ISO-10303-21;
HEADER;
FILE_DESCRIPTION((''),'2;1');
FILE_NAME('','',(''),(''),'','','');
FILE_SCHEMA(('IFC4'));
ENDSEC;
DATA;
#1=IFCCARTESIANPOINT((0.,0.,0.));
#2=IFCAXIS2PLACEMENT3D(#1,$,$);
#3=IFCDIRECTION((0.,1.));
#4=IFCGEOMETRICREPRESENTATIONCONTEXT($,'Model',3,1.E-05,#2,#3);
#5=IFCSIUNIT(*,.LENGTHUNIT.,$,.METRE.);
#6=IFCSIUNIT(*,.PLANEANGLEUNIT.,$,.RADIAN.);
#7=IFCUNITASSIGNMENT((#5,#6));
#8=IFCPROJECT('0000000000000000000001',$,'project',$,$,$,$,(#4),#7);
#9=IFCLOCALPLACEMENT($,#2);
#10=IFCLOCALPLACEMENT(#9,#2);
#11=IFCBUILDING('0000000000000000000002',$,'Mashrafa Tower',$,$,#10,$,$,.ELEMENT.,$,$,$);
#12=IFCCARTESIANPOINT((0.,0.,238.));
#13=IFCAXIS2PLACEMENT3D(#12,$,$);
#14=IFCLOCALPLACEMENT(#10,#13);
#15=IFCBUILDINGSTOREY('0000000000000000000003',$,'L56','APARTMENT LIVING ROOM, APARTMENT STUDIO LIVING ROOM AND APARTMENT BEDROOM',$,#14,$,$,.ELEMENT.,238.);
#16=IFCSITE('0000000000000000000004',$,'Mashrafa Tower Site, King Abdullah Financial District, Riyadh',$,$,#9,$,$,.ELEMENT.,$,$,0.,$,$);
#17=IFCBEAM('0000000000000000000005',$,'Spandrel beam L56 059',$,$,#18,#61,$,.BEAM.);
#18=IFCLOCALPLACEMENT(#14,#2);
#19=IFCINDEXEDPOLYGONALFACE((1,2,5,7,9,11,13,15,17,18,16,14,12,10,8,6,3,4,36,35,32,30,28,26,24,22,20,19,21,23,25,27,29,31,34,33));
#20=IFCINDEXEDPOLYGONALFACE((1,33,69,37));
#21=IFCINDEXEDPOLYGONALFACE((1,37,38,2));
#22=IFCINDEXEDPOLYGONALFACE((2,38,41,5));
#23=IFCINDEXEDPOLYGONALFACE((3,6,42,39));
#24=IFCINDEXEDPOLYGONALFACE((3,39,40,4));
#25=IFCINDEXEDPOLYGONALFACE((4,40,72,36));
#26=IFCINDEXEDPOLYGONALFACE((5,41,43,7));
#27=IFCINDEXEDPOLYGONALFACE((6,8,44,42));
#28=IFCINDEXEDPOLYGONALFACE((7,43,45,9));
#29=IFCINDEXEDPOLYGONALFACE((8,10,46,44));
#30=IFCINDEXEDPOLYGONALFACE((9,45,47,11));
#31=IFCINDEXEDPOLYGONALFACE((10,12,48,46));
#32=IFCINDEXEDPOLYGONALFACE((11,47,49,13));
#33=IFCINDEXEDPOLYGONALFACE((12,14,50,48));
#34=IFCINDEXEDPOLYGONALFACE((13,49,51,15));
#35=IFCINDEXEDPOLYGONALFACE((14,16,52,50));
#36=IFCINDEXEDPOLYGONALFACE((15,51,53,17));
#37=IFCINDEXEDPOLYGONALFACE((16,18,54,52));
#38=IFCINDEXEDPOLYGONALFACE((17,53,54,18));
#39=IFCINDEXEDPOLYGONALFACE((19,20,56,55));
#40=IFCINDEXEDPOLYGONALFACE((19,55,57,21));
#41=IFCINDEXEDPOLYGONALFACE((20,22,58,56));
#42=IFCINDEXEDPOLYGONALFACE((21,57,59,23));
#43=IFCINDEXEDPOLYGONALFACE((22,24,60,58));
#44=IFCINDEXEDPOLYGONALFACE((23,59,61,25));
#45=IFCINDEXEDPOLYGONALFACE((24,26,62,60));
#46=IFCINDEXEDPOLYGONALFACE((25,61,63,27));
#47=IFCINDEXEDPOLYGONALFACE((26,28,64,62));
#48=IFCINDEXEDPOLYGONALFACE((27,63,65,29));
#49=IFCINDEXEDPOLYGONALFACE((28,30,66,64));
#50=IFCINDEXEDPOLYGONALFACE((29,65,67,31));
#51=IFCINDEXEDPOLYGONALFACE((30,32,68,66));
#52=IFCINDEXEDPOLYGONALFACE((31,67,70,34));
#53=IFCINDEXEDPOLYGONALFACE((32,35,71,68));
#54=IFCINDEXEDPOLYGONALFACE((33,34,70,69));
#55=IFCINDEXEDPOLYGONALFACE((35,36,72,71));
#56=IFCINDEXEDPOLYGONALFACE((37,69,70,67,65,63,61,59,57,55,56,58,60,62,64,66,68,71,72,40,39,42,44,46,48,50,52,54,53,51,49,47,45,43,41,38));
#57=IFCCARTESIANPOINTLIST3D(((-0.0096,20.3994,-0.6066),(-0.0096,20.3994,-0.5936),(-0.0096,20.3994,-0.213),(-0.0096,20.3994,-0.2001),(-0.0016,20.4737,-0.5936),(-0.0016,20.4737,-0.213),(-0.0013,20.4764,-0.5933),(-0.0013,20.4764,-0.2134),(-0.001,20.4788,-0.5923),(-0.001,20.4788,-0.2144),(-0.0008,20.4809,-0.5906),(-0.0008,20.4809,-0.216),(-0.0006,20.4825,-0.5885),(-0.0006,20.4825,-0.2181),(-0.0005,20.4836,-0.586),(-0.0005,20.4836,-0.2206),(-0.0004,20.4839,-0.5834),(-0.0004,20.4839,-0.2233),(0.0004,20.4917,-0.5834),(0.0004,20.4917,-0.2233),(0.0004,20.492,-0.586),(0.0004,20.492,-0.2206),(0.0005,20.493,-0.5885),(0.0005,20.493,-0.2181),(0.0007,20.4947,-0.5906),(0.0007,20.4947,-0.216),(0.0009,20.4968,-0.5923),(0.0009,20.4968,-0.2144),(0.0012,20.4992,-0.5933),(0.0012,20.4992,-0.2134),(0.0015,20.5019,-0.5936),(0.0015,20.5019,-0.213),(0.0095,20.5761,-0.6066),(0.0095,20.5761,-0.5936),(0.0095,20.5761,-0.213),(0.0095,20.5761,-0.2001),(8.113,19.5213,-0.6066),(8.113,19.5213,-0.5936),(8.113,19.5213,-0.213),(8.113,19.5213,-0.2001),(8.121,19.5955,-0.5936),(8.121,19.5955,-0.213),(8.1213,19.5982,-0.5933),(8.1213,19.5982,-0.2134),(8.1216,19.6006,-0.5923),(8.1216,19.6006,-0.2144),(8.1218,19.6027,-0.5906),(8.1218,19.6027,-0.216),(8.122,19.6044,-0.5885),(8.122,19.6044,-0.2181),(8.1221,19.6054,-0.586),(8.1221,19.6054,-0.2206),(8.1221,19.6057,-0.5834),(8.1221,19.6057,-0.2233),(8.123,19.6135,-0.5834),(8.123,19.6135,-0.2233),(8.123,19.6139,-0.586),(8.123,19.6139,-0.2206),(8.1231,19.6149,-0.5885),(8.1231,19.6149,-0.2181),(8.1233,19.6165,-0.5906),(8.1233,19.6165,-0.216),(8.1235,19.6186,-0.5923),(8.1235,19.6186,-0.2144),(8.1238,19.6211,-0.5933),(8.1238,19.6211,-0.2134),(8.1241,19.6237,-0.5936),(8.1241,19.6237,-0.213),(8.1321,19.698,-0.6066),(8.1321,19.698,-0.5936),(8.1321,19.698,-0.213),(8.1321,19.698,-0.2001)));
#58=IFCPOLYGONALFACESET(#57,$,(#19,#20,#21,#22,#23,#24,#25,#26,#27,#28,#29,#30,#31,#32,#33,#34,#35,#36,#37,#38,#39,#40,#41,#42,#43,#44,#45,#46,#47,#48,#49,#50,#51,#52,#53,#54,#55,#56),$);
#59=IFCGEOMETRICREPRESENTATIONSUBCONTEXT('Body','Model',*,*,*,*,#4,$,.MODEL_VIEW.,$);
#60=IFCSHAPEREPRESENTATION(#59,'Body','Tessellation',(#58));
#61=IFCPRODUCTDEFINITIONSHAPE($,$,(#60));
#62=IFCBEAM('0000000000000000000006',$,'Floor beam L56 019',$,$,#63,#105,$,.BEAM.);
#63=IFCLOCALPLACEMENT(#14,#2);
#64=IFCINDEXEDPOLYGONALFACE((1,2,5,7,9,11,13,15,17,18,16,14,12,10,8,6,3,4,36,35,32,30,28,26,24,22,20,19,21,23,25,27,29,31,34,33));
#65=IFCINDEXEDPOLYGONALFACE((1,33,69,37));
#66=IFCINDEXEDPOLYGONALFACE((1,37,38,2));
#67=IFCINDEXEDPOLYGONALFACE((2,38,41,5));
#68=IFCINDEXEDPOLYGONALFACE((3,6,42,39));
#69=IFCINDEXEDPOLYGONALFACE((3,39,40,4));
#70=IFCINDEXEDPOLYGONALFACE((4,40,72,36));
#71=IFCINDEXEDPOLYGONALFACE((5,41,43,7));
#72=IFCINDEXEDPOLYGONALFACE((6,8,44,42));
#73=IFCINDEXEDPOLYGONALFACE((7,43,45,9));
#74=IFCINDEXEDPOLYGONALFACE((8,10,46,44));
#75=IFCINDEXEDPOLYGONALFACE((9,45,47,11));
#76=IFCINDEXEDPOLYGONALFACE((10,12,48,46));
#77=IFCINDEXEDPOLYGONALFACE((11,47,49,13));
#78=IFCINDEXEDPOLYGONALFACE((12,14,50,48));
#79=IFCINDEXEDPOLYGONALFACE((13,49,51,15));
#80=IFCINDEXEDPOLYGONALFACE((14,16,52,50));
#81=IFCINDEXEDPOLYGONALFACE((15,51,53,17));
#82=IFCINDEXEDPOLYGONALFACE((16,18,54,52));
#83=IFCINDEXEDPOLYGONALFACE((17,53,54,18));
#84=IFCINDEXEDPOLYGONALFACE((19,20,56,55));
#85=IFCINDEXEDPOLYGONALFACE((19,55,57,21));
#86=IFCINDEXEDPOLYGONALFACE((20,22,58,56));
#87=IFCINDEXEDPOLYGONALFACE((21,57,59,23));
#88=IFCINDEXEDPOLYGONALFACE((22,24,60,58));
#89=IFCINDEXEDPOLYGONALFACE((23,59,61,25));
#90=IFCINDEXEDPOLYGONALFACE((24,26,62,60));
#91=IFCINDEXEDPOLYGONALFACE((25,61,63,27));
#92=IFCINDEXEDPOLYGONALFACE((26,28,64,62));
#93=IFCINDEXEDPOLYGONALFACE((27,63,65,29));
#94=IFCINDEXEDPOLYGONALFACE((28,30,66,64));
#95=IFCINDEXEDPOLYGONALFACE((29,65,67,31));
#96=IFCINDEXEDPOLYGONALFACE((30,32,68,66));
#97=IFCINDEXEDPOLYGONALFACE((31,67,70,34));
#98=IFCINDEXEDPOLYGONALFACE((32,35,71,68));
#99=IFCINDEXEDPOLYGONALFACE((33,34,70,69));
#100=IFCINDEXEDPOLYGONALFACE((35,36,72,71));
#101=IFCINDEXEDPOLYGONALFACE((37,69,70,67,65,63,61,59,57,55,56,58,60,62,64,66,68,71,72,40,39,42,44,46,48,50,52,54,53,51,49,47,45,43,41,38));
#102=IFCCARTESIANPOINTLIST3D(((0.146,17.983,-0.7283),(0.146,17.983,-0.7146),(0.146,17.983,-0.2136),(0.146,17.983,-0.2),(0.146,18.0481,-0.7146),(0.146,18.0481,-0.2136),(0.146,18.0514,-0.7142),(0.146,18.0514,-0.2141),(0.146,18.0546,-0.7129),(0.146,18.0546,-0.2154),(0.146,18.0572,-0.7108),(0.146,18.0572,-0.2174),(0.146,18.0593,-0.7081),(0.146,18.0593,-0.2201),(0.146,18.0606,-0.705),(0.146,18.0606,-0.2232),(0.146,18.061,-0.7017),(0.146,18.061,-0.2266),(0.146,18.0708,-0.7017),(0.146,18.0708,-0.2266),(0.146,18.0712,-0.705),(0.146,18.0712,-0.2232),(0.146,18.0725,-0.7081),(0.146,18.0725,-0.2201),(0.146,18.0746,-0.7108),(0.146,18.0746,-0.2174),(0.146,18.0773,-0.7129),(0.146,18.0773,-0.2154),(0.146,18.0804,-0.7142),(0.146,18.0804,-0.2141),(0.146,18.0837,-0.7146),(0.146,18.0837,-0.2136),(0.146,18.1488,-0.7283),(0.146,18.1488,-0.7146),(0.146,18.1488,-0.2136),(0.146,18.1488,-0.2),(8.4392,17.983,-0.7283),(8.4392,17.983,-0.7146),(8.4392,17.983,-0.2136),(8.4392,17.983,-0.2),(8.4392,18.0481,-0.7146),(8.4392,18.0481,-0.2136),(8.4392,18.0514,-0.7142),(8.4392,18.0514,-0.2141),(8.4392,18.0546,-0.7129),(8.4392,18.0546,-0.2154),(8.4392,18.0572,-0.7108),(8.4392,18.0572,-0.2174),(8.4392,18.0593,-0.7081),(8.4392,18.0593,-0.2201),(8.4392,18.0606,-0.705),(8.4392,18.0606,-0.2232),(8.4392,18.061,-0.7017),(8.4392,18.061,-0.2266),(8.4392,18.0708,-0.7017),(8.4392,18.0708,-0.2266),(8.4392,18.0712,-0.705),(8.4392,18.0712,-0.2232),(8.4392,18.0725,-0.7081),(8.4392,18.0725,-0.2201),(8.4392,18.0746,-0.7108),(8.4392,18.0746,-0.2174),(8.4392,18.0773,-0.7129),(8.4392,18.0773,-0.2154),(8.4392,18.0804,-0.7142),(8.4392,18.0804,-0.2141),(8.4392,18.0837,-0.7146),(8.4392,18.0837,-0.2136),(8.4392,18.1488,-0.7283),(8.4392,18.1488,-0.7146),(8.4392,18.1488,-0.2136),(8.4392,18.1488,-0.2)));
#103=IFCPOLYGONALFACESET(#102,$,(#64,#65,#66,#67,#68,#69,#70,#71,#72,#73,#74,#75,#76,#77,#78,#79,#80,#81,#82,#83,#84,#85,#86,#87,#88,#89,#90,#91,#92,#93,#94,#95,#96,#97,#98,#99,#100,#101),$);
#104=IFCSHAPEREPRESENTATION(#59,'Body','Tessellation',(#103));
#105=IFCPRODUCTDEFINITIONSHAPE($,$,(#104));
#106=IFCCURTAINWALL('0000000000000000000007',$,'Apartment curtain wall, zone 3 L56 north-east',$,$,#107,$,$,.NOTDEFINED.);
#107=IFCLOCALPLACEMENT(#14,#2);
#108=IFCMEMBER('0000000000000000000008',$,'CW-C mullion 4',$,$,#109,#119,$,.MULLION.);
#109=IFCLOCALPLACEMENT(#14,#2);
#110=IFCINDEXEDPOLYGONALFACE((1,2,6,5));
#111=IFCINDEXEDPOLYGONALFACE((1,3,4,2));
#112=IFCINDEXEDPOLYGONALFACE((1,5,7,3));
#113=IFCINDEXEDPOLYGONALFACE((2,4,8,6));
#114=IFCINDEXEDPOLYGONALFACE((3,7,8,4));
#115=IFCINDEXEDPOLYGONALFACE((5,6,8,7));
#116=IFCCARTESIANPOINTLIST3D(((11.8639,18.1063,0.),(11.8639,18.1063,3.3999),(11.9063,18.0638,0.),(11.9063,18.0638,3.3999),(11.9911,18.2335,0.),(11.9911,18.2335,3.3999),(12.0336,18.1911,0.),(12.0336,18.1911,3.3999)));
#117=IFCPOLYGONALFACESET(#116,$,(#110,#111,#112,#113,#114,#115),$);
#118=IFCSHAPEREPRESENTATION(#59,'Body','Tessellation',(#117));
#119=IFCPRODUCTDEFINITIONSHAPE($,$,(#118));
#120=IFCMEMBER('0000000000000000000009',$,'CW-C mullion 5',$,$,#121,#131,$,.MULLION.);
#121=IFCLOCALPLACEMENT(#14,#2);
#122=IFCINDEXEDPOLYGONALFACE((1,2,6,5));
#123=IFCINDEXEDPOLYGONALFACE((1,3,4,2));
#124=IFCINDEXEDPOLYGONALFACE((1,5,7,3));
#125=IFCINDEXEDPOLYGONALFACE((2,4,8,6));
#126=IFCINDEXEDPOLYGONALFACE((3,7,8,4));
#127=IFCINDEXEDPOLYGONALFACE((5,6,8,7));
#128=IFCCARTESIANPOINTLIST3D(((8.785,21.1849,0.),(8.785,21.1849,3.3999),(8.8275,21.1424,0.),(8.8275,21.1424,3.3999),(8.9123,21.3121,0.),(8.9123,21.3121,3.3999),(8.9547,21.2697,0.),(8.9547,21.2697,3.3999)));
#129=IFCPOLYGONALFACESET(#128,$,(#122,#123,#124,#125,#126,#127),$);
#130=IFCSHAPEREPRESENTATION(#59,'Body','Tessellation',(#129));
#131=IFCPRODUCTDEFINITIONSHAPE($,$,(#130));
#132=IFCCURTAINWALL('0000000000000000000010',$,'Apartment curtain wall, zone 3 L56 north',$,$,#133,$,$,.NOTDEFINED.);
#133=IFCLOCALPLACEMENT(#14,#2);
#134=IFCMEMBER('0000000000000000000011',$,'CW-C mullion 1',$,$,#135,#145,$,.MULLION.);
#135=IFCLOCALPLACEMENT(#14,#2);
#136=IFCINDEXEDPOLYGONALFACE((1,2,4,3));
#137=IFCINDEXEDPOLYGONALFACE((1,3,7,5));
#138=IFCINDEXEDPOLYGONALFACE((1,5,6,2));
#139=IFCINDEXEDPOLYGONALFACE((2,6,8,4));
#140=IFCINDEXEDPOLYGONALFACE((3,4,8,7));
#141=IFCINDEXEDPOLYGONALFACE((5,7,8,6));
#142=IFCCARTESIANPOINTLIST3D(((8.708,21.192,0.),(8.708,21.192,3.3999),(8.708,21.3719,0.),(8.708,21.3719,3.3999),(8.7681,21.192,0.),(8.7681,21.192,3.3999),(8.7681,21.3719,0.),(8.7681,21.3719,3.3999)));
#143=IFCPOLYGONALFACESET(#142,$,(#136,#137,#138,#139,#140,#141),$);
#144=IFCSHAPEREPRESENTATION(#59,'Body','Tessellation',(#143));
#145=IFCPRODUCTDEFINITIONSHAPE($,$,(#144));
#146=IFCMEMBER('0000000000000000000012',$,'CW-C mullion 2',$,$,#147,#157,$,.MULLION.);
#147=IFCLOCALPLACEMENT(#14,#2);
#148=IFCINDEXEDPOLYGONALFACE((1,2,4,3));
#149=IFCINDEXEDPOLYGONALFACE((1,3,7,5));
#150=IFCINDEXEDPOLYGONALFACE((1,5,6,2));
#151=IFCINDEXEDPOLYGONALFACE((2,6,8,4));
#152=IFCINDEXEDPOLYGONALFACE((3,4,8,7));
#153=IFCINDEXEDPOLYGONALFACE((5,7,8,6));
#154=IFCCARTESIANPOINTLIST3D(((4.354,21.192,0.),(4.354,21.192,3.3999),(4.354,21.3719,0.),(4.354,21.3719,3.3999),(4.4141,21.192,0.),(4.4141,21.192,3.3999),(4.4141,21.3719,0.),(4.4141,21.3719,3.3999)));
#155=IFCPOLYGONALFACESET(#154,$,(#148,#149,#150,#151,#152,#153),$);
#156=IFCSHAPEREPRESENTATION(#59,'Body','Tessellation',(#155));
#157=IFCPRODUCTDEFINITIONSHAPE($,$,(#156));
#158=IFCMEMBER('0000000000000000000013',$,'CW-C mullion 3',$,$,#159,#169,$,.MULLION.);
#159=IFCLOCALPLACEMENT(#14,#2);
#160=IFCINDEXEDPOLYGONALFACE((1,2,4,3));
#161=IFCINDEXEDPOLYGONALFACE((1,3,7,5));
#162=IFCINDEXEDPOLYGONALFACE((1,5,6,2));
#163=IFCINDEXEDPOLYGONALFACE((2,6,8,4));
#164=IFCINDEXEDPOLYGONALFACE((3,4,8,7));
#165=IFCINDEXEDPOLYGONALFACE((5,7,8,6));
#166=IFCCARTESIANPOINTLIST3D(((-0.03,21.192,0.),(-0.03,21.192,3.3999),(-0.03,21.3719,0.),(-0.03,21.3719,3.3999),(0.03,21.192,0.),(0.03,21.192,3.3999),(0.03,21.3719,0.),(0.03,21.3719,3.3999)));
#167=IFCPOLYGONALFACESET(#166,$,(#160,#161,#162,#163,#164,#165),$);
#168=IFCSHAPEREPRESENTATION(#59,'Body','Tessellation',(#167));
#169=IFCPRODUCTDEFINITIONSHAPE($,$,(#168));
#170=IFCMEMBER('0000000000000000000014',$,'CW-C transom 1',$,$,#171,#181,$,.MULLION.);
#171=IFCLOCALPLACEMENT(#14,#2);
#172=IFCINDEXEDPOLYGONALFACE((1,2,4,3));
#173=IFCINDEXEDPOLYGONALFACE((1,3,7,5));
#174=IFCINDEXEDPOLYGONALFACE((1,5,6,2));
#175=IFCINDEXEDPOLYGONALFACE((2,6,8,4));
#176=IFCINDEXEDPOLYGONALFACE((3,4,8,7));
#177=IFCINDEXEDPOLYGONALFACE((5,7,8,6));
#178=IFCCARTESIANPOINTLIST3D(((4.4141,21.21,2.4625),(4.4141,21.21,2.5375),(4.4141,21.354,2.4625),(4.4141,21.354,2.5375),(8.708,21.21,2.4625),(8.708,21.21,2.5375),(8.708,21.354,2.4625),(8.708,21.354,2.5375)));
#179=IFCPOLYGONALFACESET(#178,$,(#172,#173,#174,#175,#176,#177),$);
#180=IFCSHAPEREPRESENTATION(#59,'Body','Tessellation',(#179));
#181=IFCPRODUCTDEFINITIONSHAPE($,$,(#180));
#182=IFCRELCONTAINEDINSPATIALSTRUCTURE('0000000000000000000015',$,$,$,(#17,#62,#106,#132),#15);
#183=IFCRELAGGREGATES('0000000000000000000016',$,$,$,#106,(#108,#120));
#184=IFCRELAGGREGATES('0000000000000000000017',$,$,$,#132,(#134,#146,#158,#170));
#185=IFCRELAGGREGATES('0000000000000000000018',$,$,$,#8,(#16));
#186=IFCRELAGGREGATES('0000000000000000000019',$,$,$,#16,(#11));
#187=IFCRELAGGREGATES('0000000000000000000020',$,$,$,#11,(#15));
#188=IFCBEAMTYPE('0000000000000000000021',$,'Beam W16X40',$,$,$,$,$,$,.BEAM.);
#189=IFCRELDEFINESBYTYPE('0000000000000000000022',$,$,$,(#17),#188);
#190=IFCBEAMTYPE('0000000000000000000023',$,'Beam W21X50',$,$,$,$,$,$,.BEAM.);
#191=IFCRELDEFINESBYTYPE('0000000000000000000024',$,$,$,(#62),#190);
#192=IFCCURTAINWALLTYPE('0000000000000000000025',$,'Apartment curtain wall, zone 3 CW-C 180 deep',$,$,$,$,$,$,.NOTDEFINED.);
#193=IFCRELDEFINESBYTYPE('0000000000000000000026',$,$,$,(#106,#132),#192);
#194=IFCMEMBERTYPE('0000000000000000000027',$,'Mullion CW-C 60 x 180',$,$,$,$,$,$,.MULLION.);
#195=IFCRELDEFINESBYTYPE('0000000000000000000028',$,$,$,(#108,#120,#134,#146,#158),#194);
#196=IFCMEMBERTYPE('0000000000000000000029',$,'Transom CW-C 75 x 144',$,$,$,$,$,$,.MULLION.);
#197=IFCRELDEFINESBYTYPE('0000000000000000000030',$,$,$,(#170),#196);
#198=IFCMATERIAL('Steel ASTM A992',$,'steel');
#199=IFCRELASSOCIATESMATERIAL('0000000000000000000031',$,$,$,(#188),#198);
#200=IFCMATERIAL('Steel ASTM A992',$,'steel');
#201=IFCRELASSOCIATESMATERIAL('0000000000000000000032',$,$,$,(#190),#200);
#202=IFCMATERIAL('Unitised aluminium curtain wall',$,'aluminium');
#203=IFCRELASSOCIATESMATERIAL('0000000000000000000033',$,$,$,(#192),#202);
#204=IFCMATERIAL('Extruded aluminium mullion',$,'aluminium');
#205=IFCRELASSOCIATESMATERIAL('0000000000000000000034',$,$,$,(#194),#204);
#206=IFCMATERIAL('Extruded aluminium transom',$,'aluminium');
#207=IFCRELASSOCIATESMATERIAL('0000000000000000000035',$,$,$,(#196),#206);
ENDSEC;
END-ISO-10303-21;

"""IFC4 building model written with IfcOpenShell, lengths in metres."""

from ifc_helpers import new_model, si_unit, direction, frame, origin, origin_2d, place, context, subcontext, project, spatial, rectangle, i_section, extrude, source, transform, mapped, material, material_profile, profile_set, type_object, type_shapes, element, aggregate, save


model = new_model("IFC4")

# Units and contexts
model_context = context("Model", 3, precision=1e-05, world=origin(), true_north=direction((0.0, 1.0)))
body_context = subcontext(model_context, "Body", "Model", "MODEL_VIEW")
ifc_project = project(units=[si_unit("LENGTHUNIT", "METRE"), si_unit("PLANEANGLEUNIT", "RADIAN")], contexts=[model_context])

# Site, building, storey
site_placement = place(None, origin())
site = spatial("IfcSite", under=ifc_project, at=site_placement, Name="Mashrafa Tower Site, King Abdullah Financial District, Riyadh", CompositionType="ELEMENT", RefElevation=0.0)
building_placement = place(site_placement, origin())
building = spatial("IfcBuilding", under=site, at=building_placement, Name="Mashrafa Tower", CompositionType="ELEMENT")
storey_placement = place(building_placement, frame((0.0, 0.0, 238.0)))
storey = spatial("IfcBuildingStorey", under=building, at=storey_placement, Name="L56", Description="APARTMENT LIVING ROOM, APARTMENT STUDIO LIVING ROOM AND APARTMENT BEDROOM", CompositionType="ELEMENT", Elevation=238.0)

# Beams
ifc_material_1 = material(Name="Steel ASTM A992", Category="steel")
ifc_material_profile_1 = material_profile(ifc_material_1, i_section(OverallWidth=0.1777, OverallDepth=0.4065, WebThickness=0.0078, FlangeThickness=0.0129, FilletRadius=0.0103, at=origin_2d()), Name="W16X40")
ifc_profile_set_1 = profile_set([ifc_material_profile_1], Name="Steel ASTM A992")
beam_type_1 = type_object("IfcBeamType", Name="Beam W16X40", PredefinedType="BEAM", material=ifc_profile_set_1)
for number, where, z_axis, x_axis, name in (
    (1, (8.1226, 19.6096, -0.4033), (-0.994206, 0.107489, 0.0), (-0.107489, -0.994206, 0.0), "Spandrel beam L56 059"),
):
    element("IfcBeam", number, at=place(storey_placement, frame(where, z_axis=z_axis, x_axis=x_axis)), inside=storey, type_object=beam_type_1, Name=name, PredefinedType="BEAM", context=body_context, shape_type="SweptSolid", body=[
        extrude(i_section(OverallWidth=0.1777, OverallDepth=0.4065, WebThickness=0.0078, FlangeThickness=0.0129, FilletRadius=0.0103, at=origin_2d()), origin(), (0.0, 0.0, 1.0), 8.1699),
    ])
ifc_material_2 = material(Name="Steel ASTM A992", Category="steel")
ifc_material_profile_2 = material_profile(ifc_material_2, i_section(OverallWidth=0.1658, OverallDepth=0.5283, WebThickness=0.0098, FlangeThickness=0.0137, FilletRadius=0.0129, at=origin_2d()), Name="W21X50")
ifc_profile_set_2 = profile_set([ifc_material_profile_2], Name="Steel ASTM A992")
beam_type_2 = type_object("IfcBeamType", Name="Beam W21X50", PredefinedType="BEAM", material=ifc_profile_set_2)
beam_1_placement = place(storey_placement, frame((0.146, 18.0659, -0.4641), z_axis=(1.0, 0.0, 0.0), x_axis=(0.0, 1.0, 0.0)))
element("IfcBeam", 2, at=beam_1_placement, inside=storey, type_object=beam_type_2, Name="Floor beam L56 019", PredefinedType="BEAM", context=body_context, shape_type="SweptSolid", body=[
    extrude(i_section(OverallWidth=0.1658, OverallDepth=0.5283, WebThickness=0.0098, FlangeThickness=0.0137, FilletRadius=0.0129, at=origin_2d()), origin(), (0.0, 0.0, 1.0), 8.2932),
])

# Curtain walls, members
ifc_material_3 = material(Name="Unitised aluminium curtain wall", Category="aluminium")
curtain_wall_type = type_object("IfcCurtainWallType", Name="Apartment curtain wall, zone 3 CW-C 180 deep", PredefinedType="NOTDEFINED", material=ifc_material_3)
curtain_wall_1_placement = place(storey_placement, origin())
curtain_wall_1 = element("IfcCurtainWall", 3, at=curtain_wall_1_placement, inside=storey, type_object=curtain_wall_type, Name="Apartment curtain wall, zone 3 L56 north-east", PredefinedType="NOTDEFINED")
ifc_material_4 = material(Name="Extruded aluminium mullion", Category="aluminium")
ifc_material_profile_3 = material_profile(ifc_material_4, rectangle(XDim=0.1799, YDim=0.0601, at=origin_2d()), Name="Mullion 60x180")
ifc_profile_set_3 = profile_set([ifc_material_profile_3], Name="Extruded aluminium mullion")
member_type_1 = type_object("IfcMemberType", Name="Mullion CW-C 60 x 180", PredefinedType="MULLION", material=ifc_profile_set_3)
shared_shape_1 = source(origin(), body_context, "Body", "SweptSolid", [
    extrude(rectangle(XDim=0.1799, YDim=0.0601, at=origin_2d()), origin(), (0.0, 0.0, 1.0), 3.3999),
])
type_shapes(member_type_1, [shared_shape_1])
member_1_placement = place(storey_placement, frame((11.9487, 18.1487, 0.0), z_axis=(0.0, 0.0, 1.0), x_axis=(-0.707107, -0.707107, 0.0)))
member_1 = element("IfcMember", 4, at=member_1_placement, type_object=member_type_1, Name="CW-C mullion 4", PredefinedType="MULLION", context=body_context, shape_type="MappedRepresentation", body=[
    mapped(shared_shape_1, transform((0.0, 0.0, 0.0))),
])
member_2_placement = place(storey_placement, frame((8.8699, 21.2273, 0.0), z_axis=(0.0, 0.0, 1.0), x_axis=(-0.707107, -0.707107, 0.0)))
member_2 = element("IfcMember", 5, at=member_2_placement, type_object=member_type_1, Name="CW-C mullion 5", PredefinedType="MULLION", context=body_context, shape_type="MappedRepresentation", body=[
    mapped(shared_shape_1, transform((0.0, 0.0, 0.0))),
])
curtain_wall_2_placement = place(storey_placement, origin())
curtain_wall_2 = element("IfcCurtainWall", 6, at=curtain_wall_2_placement, inside=storey, type_object=curtain_wall_type, Name="Apartment curtain wall, zone 3 L56 north", PredefinedType="NOTDEFINED")
member_3_placement = place(storey_placement, frame((8.738, 21.282, 0.0), z_axis=(0.0, 0.0, 1.0), x_axis=(0.0, -1.0, 0.0)))
member_3 = element("IfcMember", 7, at=member_3_placement, type_object=member_type_1, Name="CW-C mullion 1", PredefinedType="MULLION", context=body_context, shape_type="MappedRepresentation", body=[
    mapped(shared_shape_1, transform((0.0, 0.0, 0.0))),
])
member_4_placement = place(storey_placement, frame((4.384, 21.282, 0.0), z_axis=(0.0, 0.0, 1.0), x_axis=(0.0, -1.0, 0.0)))
member_4 = element("IfcMember", 8, at=member_4_placement, type_object=member_type_1, Name="CW-C mullion 2", PredefinedType="MULLION", context=body_context, shape_type="MappedRepresentation", body=[
    mapped(shared_shape_1, transform((0.0, 0.0, 0.0))),
])
member_5_placement = place(storey_placement, frame((0.0, 21.282, 0.0), z_axis=(0.0, 0.0, 1.0), x_axis=(0.0, -1.0, 0.0)))
member_5 = element("IfcMember", 9, at=member_5_placement, type_object=member_type_1, Name="CW-C mullion 3", PredefinedType="MULLION", context=body_context, shape_type="MappedRepresentation", body=[
    mapped(shared_shape_1, transform((0.0, 0.0, 0.0))),
])
ifc_material_5 = material(Name="Extruded aluminium transom", Category="aluminium")
ifc_material_profile_4 = material_profile(ifc_material_5, rectangle(XDim=0.144, YDim=0.075, at=origin_2d()), Name="Transom 75x144")
ifc_profile_set_4 = profile_set([ifc_material_profile_4], Name="Extruded aluminium transom")
member_type_2 = type_object("IfcMemberType", Name="Transom CW-C 75 x 144", PredefinedType="MULLION", material=ifc_profile_set_4)
shared_shape_2 = source(origin(), body_context, "Body", "SweptSolid", [
    extrude(rectangle(XDim=0.144, YDim=0.075, at=origin_2d()), origin(), (0.0, 0.0, 1.0), 4.2939),
])
member_6_placement = place(storey_placement, frame((8.708, 21.282, 2.5), z_axis=(-1.0, 0.0, 0.0), x_axis=(0.0, -1.0, 0.0)))
member_6 = element("IfcMember", 10, at=member_6_placement, type_object=member_type_2, Name="CW-C transom 1", PredefinedType="MULLION", context=body_context, shape_type="MappedRepresentation", body=[
    mapped(shared_shape_2, transform((0.0, 0.0, 0.0))),
])

aggregate(curtain_wall_1, [member_1, member_2])
aggregate(curtain_wall_2, [member_3, member_4, member_5, member_6])

save(model, "model.ifc")
